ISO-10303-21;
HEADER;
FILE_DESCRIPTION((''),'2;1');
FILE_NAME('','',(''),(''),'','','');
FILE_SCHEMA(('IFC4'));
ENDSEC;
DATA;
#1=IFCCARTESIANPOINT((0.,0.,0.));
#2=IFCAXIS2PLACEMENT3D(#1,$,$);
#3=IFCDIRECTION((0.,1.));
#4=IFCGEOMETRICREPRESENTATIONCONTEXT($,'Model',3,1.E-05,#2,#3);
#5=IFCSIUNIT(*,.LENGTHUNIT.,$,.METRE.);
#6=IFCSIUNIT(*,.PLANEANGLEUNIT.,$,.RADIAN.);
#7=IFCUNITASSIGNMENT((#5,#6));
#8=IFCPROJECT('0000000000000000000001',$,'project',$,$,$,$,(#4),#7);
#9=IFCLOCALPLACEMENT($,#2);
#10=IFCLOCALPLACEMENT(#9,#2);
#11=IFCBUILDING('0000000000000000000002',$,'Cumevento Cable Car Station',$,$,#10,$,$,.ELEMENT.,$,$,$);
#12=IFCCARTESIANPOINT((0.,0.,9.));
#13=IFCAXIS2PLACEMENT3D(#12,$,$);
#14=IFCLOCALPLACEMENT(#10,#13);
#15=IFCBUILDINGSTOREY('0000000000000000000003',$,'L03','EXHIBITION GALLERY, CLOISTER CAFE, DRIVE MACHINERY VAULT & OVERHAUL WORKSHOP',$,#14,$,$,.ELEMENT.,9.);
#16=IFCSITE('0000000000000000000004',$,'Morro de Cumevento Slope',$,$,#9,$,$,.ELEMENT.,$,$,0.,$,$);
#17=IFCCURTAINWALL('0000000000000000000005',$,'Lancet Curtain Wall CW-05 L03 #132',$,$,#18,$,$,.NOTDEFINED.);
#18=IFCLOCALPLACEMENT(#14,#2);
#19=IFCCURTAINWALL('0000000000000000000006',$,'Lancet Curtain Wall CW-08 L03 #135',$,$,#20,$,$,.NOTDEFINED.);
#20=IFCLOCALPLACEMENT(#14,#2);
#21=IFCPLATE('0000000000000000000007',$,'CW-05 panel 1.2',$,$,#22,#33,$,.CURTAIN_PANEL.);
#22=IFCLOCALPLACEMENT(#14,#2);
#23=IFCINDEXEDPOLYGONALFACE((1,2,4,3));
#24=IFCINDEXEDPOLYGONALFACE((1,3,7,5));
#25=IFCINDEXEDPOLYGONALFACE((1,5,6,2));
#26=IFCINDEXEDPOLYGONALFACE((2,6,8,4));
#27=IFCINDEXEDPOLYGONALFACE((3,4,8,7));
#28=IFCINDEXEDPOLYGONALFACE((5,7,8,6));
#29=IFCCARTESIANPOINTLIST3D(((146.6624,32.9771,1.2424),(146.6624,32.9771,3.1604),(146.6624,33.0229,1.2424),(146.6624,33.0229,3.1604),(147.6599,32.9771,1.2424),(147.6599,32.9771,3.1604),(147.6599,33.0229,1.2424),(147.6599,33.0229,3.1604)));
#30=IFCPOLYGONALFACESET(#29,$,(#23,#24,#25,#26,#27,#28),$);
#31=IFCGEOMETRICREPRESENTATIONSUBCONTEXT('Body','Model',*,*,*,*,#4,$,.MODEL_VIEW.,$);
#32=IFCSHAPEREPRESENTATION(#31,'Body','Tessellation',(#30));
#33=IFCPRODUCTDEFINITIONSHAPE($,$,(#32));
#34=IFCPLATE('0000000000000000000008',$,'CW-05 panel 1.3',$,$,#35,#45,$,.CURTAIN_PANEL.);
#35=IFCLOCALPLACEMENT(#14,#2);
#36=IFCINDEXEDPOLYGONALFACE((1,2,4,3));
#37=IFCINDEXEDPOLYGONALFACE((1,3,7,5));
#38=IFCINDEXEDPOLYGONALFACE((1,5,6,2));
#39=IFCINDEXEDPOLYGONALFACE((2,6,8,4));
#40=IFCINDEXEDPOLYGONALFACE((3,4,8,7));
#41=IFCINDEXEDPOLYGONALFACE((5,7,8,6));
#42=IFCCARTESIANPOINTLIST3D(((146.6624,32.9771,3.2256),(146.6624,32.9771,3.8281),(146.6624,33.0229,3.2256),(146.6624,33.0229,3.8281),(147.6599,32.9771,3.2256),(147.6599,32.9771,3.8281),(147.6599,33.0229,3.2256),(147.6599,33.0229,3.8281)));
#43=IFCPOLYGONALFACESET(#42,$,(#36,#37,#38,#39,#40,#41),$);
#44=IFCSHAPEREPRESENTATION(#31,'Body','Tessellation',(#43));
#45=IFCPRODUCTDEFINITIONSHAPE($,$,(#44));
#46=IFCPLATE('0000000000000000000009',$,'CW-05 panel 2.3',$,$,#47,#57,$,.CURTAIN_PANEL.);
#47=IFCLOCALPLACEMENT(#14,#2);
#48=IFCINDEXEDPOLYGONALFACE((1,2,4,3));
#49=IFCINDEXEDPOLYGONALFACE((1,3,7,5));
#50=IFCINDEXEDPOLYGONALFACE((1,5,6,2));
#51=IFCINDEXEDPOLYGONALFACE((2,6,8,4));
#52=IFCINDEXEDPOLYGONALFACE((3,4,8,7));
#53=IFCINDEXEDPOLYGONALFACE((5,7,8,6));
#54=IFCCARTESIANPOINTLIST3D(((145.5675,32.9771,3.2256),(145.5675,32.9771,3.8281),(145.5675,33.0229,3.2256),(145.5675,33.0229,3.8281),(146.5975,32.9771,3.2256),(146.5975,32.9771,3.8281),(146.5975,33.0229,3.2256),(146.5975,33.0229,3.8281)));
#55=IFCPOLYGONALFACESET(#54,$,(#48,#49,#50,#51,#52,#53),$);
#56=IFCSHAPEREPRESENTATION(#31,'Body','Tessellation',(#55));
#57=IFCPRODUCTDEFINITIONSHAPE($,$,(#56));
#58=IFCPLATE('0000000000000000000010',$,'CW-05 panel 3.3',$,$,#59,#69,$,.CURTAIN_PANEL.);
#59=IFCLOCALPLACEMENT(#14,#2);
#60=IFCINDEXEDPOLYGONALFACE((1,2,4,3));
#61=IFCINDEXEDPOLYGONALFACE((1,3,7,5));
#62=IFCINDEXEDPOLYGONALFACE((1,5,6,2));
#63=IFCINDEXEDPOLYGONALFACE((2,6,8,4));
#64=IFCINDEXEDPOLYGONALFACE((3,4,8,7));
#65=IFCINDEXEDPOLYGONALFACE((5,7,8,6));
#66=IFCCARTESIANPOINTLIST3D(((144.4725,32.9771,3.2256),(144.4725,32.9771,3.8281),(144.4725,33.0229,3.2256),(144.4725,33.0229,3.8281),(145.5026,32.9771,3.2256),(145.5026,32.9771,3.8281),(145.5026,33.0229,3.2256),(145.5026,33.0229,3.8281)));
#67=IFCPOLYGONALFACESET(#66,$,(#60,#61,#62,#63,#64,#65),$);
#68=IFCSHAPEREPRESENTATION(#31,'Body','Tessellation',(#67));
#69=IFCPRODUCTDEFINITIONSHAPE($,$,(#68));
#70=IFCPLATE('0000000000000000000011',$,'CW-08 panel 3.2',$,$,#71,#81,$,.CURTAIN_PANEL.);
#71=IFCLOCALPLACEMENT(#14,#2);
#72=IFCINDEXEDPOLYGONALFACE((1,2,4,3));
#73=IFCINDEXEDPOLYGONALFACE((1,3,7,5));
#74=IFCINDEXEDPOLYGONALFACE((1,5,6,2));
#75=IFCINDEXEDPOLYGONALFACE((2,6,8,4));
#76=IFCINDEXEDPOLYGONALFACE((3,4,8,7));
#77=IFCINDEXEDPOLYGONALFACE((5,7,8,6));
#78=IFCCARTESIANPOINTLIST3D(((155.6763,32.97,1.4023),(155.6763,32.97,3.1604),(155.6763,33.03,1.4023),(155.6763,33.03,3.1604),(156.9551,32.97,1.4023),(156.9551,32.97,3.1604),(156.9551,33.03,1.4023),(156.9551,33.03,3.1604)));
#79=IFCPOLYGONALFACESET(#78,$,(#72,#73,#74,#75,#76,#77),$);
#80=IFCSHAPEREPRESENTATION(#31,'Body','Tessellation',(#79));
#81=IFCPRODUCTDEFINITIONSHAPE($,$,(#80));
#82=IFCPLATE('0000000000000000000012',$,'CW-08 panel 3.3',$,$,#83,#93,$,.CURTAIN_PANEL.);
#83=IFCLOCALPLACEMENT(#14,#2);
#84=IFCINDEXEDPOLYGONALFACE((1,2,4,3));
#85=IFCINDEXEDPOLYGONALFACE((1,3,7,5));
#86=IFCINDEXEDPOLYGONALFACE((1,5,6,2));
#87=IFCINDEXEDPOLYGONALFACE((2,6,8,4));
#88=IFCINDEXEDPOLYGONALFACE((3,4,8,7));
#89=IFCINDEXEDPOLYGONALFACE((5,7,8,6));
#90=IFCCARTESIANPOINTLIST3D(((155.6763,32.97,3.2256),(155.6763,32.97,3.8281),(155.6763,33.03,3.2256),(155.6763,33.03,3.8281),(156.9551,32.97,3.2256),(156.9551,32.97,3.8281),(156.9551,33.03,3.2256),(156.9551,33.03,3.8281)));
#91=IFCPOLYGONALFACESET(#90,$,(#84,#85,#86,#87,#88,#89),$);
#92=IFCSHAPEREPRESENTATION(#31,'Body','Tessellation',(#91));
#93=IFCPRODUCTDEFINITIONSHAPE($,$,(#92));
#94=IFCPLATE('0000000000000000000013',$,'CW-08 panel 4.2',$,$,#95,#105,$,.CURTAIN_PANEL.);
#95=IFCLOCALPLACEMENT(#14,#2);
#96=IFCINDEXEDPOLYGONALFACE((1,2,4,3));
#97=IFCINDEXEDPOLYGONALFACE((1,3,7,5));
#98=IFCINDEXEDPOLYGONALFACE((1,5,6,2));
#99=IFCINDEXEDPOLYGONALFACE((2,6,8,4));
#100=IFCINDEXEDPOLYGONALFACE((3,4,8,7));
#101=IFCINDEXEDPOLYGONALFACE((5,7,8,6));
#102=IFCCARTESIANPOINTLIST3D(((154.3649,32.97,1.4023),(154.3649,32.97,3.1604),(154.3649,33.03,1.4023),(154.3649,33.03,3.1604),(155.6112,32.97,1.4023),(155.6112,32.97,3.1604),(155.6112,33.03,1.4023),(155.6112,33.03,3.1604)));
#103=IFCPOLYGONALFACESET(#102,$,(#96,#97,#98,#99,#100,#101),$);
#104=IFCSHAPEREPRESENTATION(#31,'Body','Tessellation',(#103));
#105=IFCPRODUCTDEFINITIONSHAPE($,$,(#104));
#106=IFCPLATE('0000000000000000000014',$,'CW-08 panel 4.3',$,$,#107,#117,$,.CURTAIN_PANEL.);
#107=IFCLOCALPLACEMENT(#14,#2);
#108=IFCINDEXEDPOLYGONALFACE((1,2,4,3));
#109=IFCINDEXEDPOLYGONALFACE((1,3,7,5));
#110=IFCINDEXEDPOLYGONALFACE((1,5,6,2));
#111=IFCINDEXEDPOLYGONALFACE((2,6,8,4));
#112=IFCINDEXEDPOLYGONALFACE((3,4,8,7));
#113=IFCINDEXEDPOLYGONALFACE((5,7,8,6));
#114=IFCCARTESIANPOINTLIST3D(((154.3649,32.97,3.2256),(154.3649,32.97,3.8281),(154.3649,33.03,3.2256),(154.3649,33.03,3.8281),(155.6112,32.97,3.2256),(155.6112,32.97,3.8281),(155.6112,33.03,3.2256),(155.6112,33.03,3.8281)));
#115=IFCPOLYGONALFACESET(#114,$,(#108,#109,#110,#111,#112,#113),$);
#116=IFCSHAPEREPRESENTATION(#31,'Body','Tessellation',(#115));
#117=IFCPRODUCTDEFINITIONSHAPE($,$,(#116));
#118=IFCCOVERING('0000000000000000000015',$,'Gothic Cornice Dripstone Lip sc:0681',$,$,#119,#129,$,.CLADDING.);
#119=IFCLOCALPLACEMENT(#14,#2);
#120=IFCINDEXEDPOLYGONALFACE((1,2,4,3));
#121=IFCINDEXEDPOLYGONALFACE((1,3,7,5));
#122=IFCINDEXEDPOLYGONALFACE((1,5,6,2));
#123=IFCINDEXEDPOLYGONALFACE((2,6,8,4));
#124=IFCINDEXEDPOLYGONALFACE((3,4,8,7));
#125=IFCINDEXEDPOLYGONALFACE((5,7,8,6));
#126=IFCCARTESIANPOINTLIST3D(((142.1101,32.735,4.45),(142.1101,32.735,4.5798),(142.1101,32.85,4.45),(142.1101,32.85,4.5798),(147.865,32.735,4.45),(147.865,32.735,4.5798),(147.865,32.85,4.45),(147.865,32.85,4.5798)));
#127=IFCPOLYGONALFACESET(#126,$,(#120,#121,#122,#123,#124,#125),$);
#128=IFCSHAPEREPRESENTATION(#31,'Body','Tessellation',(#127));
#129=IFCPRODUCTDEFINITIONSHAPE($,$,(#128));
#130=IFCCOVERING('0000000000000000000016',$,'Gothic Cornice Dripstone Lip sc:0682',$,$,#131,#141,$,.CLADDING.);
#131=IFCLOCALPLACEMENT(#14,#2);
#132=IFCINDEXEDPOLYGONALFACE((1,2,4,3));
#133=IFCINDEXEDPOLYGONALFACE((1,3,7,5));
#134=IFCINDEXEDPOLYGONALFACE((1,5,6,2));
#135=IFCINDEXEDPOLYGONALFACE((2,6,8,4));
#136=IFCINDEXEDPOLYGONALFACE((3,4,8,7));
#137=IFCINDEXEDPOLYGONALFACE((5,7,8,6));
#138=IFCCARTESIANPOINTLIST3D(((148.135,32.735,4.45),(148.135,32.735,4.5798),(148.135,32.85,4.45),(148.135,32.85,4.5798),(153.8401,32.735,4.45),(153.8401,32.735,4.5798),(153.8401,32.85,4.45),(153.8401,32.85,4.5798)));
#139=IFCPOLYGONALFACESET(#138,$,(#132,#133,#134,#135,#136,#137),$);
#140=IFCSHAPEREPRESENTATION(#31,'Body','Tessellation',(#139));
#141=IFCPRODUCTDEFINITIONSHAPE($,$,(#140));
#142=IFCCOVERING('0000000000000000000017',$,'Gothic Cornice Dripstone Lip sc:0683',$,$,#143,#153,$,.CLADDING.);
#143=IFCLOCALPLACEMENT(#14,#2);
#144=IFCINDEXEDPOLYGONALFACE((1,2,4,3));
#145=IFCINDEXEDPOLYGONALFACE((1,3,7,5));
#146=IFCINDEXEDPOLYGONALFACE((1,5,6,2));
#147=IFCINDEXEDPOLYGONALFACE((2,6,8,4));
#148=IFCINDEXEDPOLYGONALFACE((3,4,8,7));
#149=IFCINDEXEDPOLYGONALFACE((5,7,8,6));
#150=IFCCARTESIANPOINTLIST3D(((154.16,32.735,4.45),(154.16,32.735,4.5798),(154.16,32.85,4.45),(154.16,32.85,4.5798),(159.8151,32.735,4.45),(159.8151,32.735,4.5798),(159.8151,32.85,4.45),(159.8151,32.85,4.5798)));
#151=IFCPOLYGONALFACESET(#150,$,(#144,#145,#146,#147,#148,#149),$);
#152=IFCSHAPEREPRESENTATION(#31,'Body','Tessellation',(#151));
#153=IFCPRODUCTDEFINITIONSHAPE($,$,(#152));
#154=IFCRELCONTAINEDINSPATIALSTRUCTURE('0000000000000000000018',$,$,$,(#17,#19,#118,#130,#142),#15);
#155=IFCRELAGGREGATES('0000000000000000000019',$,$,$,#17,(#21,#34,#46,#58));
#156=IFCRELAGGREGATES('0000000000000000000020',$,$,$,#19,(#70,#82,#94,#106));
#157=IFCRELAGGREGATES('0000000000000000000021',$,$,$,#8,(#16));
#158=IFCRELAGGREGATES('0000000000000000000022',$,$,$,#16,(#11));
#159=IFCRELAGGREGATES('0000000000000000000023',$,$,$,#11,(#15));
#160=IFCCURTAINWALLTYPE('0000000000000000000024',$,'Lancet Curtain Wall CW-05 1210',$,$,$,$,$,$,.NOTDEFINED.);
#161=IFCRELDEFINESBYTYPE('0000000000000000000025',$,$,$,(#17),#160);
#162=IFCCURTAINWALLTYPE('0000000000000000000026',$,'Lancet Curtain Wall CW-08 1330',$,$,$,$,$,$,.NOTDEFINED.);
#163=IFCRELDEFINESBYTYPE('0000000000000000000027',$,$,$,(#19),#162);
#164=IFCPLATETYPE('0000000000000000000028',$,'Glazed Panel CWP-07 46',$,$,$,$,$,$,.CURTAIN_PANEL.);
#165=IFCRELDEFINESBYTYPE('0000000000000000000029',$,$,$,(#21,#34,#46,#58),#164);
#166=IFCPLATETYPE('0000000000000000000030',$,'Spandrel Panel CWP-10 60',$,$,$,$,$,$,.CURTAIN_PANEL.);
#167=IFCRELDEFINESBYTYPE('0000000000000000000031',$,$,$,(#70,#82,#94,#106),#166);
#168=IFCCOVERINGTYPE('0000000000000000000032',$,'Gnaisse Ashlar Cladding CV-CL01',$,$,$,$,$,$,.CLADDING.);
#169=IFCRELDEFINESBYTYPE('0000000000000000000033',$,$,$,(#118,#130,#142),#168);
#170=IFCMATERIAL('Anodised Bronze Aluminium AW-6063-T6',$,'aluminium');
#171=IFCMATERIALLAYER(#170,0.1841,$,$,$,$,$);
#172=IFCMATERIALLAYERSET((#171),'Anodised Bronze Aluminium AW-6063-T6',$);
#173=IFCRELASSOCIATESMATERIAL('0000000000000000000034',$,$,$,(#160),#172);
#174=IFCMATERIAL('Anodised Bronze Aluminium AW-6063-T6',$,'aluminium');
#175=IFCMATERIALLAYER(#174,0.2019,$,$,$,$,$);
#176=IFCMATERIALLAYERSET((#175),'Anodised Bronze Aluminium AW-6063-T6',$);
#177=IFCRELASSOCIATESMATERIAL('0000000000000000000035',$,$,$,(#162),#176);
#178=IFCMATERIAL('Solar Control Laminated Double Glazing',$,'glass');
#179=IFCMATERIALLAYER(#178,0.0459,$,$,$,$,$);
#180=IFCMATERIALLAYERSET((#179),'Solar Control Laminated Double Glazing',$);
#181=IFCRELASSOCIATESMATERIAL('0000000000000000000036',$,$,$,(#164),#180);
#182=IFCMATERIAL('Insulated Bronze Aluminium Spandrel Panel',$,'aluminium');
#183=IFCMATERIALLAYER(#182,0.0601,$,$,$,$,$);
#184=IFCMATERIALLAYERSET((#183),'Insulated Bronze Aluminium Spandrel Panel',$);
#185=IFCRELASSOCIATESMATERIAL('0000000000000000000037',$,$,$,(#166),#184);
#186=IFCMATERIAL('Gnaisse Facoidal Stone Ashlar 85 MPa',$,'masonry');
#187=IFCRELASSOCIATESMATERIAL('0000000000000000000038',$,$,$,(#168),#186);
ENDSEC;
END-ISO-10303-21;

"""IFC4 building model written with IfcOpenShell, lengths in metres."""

from ifc_helpers import new_model, si_unit, direction, frame, origin, origin_2d, place, context, subcontext, project, spatial, rectangle, extrude, material, layer, layer_set, type_object, element, aggregate, save


model = new_model("IFC4")

# Units and contexts
model_context = context("Model", 3, precision=1e-05, world=origin(), true_north=direction((0.0, 1.0)))
body_context = subcontext(model_context, "Body", "Model", "MODEL_VIEW")
ifc_project = project(units=[si_unit("LENGTHUNIT", "METRE"), si_unit("PLANEANGLEUNIT", "RADIAN")], contexts=[model_context])

# Site, building, storey
site_placement = place(None, origin())
site = spatial("IfcSite", under=ifc_project, at=site_placement, Name="Morro de Cumevento Slope", CompositionType="ELEMENT", RefElevation=0.0)
building_placement = place(site_placement, origin())
building = spatial("IfcBuilding", under=site, at=building_placement, Name="Cumevento Cable Car Station", CompositionType="ELEMENT")
storey_placement = place(building_placement, frame((0.0, 0.0, 9.0)))
storey = spatial("IfcBuildingStorey", under=building, at=storey_placement, Name="L03", Description="EXHIBITION GALLERY, CLOISTER CAFE, DRIVE MACHINERY VAULT & OVERHAUL WORKSHOP", CompositionType="ELEMENT", Elevation=9.0)

# Curtain walls
ifc_material_1 = material(Name="Anodised Bronze Aluminium AW-6063-T6", Category="aluminium")
ifc_layer_1 = layer(ifc_material_1, 0.1841)
ifc_layer_set_1 = layer_set([ifc_layer_1], Name="Anodised Bronze Aluminium AW-6063-T6")
curtain_wall_type_1 = type_object("IfcCurtainWallType", Name="Lancet Curtain Wall CW-05 1210", PredefinedType="NOTDEFINED", material=ifc_layer_set_1)
curtain_wall_1_placement = place(storey_placement, origin())
curtain_wall_1 = element("IfcCurtainWall", 1, at=curtain_wall_1_placement, inside=storey, type_object=curtain_wall_type_1, Name="Lancet Curtain Wall CW-05 L03 #132", PredefinedType="NOTDEFINED")
ifc_material_2 = material(Name="Anodised Bronze Aluminium AW-6063-T6", Category="aluminium")
ifc_layer_2 = layer(ifc_material_2, 0.2019)
ifc_layer_set_2 = layer_set([ifc_layer_2], Name="Anodised Bronze Aluminium AW-6063-T6")
curtain_wall_type_2 = type_object("IfcCurtainWallType", Name="Lancet Curtain Wall CW-08 1330", PredefinedType="NOTDEFINED", material=ifc_layer_set_2)
curtain_wall_2_placement = place(storey_placement, origin())
curtain_wall_2 = element("IfcCurtainWall", 2, at=curtain_wall_2_placement, inside=storey, type_object=curtain_wall_type_2, Name="Lancet Curtain Wall CW-08 L03 #135", PredefinedType="NOTDEFINED")

# Plates
ifc_material_3 = material(Name="Solar Control Laminated Double Glazing", Category="glass")
ifc_layer_3 = layer(ifc_material_3, 0.0459)
ifc_layer_set_3 = layer_set([ifc_layer_3], Name="Solar Control Laminated Double Glazing")
plate_type_1 = type_object("IfcPlateType", Name="Glazed Panel CWP-07 46", PredefinedType="CURTAIN_PANEL", material=ifc_layer_set_3)
plate_1_placement = place(storey_placement, frame((147.1611, 33.0, 1.2424), z_axis=(0.0, 0.0, 1.0), x_axis=(-1.0, 0.0, 0.0)))
plate_1 = element("IfcPlate", 3, at=plate_1_placement, type_object=plate_type_1, Name="CW-05 panel 1.2", PredefinedType="CURTAIN_PANEL", context=body_context, shape_type="SweptSolid", body=[
    extrude(rectangle(XDim=0.9976, YDim=0.0459, at=origin_2d()), origin(), (0.0, 0.0, 1.0), 1.918),
])
plate_2_placement = place(storey_placement, frame((147.1611, 33.0, 3.2256), z_axis=(0.0, 0.0, 1.0), x_axis=(-1.0, 0.0, 0.0)))
plate_2 = element("IfcPlate", 4, at=plate_2_placement, type_object=plate_type_1, Name="CW-05 panel 1.3", PredefinedType="CURTAIN_PANEL", context=body_context, shape_type="SweptSolid", body=[
    extrude(rectangle(XDim=0.9976, YDim=0.0459, at=origin_2d()), origin(), (0.0, 0.0, 1.0), 0.6025),
])
plate_3_placement = place(storey_placement, frame((146.0825, 33.0, 3.2256), z_axis=(0.0, 0.0, 1.0), x_axis=(-1.0, 0.0, 0.0)))
plate_3 = element("IfcPlate", 5, at=plate_3_placement, type_object=plate_type_1, Name="CW-05 panel 2.3", PredefinedType="CURTAIN_PANEL", context=body_context, shape_type="SweptSolid", body=[
    extrude(rectangle(XDim=1.03, YDim=0.0459, at=origin_2d()), origin(), (0.0, 0.0, 1.0), 0.6025),
])
plate_4_placement = place(storey_placement, frame((144.9875, 33.0, 3.2256), z_axis=(0.0, 0.0, 1.0), x_axis=(-1.0, 0.0, 0.0)))
plate_4 = element("IfcPlate", 6, at=plate_4_placement, type_object=plate_type_1, Name="CW-05 panel 3.3", PredefinedType="CURTAIN_PANEL", context=body_context, shape_type="SweptSolid", body=[
    extrude(rectangle(XDim=1.03, YDim=0.0459, at=origin_2d()), origin(), (0.0, 0.0, 1.0), 0.6025),
])
aggregate(curtain_wall_1, [plate_1, plate_2, plate_3, plate_4])
ifc_material_4 = material(Name="Insulated Bronze Aluminium Spandrel Panel", Category="aluminium")
ifc_layer_4 = layer(ifc_material_4, 0.0601)
ifc_layer_set_4 = layer_set([ifc_layer_4], Name="Insulated Bronze Aluminium Spandrel Panel")
plate_type_2 = type_object("IfcPlateType", Name="Spandrel Panel CWP-10 60", PredefinedType="CURTAIN_PANEL", material=ifc_layer_set_4)
plate_5_placement = place(storey_placement, frame((156.3157, 33.0, 1.4023), z_axis=(0.0, 0.0, 1.0), x_axis=(-1.0, 0.0, 0.0)))
plate_5 = element("IfcPlate", 7, at=plate_5_placement, type_object=plate_type_2, Name="CW-08 panel 3.2", PredefinedType="CURTAIN_PANEL", context=body_context, shape_type="SweptSolid", body=[
    extrude(rectangle(XDim=1.2788, YDim=0.0601, at=origin_2d()), origin(), (0.0, 0.0, 1.0), 1.7581),
])
plate_6_placement = place(storey_placement, frame((156.3157, 33.0, 3.2256), z_axis=(0.0, 0.0, 1.0), x_axis=(-1.0, 0.0, 0.0)))
plate_6 = element("IfcPlate", 8, at=plate_6_placement, type_object=plate_type_2, Name="CW-08 panel 3.3", PredefinedType="CURTAIN_PANEL", context=body_context, shape_type="SweptSolid", body=[
    extrude(rectangle(XDim=1.2788, YDim=0.0601, at=origin_2d()), origin(), (0.0, 0.0, 1.0), 0.6025),
])
plate_7_placement = place(storey_placement, frame((154.988, 33.0, 1.4023), z_axis=(0.0, 0.0, 1.0), x_axis=(-1.0, 0.0, 0.0)))
plate_7 = element("IfcPlate", 9, at=plate_7_placement, type_object=plate_type_2, Name="CW-08 panel 4.2", PredefinedType="CURTAIN_PANEL", context=body_context, shape_type="SweptSolid", body=[
    extrude(rectangle(XDim=1.2463, YDim=0.0601, at=origin_2d()), origin(), (0.0, 0.0, 1.0), 1.7581),
])
plate_8_placement = place(storey_placement, frame((154.988, 33.0, 3.2256), z_axis=(0.0, 0.0, 1.0), x_axis=(-1.0, 0.0, 0.0)))
plate_8 = element("IfcPlate", 10, at=plate_8_placement, type_object=plate_type_2, Name="CW-08 panel 4.3", PredefinedType="CURTAIN_PANEL", context=body_context, shape_type="SweptSolid", body=[
    extrude(rectangle(XDim=1.2463, YDim=0.0601, at=origin_2d()), origin(), (0.0, 0.0, 1.0), 0.6025),
])
aggregate(curtain_wall_2, [plate_5, plate_6, plate_7, plate_8])

# Coverings
ifc_material_5 = material(Name="Gnaisse Facoidal Stone Ashlar 85 MPa", Category="masonry")
covering_type = type_object("IfcCoveringType", Name="Gnaisse Ashlar Cladding CV-CL01", PredefinedType="CLADDING", material=ifc_material_5)
covering_1_placement = place(storey_placement, frame((144.9875, 32.7925, 4.45), z_axis=(0.0, 0.0, 1.0), x_axis=(-1.0, 0.0, 0.0)))
element("IfcCovering", 11, at=covering_1_placement, inside=storey, type_object=covering_type, Name="Gothic Cornice Dripstone Lip sc:0681", PredefinedType="CLADDING", context=body_context, shape_type="SweptSolid", body=[
    extrude(rectangle(XDim=5.7549, YDim=0.115, at=origin_2d()), origin(), (0.0, 0.0, 1.0), 0.1299),
])
covering_2_placement = place(storey_placement, frame((150.9875, 32.7925, 4.45), z_axis=(0.0, 0.0, 1.0), x_axis=(-1.0, 0.0, 0.0)))
element("IfcCovering", 12, at=covering_2_placement, inside=storey, type_object=covering_type, Name="Gothic Cornice Dripstone Lip sc:0682", PredefinedType="CLADDING", context=body_context, shape_type="SweptSolid", body=[
    extrude(rectangle(XDim=5.7051, YDim=0.115, at=origin_2d()), origin(), (0.0, 0.0, 1.0), 0.1299),
])
covering_3_placement = place(storey_placement, frame((156.9875, 32.7925, 4.45), z_axis=(0.0, 0.0, 1.0), x_axis=(-1.0, 0.0, 0.0)))
element("IfcCovering", 13, at=covering_3_placement, inside=storey, type_object=covering_type, Name="Gothic Cornice Dripstone Lip sc:0683", PredefinedType="CLADDING", context=body_context, shape_type="SweptSolid", body=[
    extrude(rectangle(XDim=5.655, YDim=0.115, at=origin_2d()), origin(), (0.0, 0.0, 1.0), 0.1299),
])

save(model, "model.ifc")
